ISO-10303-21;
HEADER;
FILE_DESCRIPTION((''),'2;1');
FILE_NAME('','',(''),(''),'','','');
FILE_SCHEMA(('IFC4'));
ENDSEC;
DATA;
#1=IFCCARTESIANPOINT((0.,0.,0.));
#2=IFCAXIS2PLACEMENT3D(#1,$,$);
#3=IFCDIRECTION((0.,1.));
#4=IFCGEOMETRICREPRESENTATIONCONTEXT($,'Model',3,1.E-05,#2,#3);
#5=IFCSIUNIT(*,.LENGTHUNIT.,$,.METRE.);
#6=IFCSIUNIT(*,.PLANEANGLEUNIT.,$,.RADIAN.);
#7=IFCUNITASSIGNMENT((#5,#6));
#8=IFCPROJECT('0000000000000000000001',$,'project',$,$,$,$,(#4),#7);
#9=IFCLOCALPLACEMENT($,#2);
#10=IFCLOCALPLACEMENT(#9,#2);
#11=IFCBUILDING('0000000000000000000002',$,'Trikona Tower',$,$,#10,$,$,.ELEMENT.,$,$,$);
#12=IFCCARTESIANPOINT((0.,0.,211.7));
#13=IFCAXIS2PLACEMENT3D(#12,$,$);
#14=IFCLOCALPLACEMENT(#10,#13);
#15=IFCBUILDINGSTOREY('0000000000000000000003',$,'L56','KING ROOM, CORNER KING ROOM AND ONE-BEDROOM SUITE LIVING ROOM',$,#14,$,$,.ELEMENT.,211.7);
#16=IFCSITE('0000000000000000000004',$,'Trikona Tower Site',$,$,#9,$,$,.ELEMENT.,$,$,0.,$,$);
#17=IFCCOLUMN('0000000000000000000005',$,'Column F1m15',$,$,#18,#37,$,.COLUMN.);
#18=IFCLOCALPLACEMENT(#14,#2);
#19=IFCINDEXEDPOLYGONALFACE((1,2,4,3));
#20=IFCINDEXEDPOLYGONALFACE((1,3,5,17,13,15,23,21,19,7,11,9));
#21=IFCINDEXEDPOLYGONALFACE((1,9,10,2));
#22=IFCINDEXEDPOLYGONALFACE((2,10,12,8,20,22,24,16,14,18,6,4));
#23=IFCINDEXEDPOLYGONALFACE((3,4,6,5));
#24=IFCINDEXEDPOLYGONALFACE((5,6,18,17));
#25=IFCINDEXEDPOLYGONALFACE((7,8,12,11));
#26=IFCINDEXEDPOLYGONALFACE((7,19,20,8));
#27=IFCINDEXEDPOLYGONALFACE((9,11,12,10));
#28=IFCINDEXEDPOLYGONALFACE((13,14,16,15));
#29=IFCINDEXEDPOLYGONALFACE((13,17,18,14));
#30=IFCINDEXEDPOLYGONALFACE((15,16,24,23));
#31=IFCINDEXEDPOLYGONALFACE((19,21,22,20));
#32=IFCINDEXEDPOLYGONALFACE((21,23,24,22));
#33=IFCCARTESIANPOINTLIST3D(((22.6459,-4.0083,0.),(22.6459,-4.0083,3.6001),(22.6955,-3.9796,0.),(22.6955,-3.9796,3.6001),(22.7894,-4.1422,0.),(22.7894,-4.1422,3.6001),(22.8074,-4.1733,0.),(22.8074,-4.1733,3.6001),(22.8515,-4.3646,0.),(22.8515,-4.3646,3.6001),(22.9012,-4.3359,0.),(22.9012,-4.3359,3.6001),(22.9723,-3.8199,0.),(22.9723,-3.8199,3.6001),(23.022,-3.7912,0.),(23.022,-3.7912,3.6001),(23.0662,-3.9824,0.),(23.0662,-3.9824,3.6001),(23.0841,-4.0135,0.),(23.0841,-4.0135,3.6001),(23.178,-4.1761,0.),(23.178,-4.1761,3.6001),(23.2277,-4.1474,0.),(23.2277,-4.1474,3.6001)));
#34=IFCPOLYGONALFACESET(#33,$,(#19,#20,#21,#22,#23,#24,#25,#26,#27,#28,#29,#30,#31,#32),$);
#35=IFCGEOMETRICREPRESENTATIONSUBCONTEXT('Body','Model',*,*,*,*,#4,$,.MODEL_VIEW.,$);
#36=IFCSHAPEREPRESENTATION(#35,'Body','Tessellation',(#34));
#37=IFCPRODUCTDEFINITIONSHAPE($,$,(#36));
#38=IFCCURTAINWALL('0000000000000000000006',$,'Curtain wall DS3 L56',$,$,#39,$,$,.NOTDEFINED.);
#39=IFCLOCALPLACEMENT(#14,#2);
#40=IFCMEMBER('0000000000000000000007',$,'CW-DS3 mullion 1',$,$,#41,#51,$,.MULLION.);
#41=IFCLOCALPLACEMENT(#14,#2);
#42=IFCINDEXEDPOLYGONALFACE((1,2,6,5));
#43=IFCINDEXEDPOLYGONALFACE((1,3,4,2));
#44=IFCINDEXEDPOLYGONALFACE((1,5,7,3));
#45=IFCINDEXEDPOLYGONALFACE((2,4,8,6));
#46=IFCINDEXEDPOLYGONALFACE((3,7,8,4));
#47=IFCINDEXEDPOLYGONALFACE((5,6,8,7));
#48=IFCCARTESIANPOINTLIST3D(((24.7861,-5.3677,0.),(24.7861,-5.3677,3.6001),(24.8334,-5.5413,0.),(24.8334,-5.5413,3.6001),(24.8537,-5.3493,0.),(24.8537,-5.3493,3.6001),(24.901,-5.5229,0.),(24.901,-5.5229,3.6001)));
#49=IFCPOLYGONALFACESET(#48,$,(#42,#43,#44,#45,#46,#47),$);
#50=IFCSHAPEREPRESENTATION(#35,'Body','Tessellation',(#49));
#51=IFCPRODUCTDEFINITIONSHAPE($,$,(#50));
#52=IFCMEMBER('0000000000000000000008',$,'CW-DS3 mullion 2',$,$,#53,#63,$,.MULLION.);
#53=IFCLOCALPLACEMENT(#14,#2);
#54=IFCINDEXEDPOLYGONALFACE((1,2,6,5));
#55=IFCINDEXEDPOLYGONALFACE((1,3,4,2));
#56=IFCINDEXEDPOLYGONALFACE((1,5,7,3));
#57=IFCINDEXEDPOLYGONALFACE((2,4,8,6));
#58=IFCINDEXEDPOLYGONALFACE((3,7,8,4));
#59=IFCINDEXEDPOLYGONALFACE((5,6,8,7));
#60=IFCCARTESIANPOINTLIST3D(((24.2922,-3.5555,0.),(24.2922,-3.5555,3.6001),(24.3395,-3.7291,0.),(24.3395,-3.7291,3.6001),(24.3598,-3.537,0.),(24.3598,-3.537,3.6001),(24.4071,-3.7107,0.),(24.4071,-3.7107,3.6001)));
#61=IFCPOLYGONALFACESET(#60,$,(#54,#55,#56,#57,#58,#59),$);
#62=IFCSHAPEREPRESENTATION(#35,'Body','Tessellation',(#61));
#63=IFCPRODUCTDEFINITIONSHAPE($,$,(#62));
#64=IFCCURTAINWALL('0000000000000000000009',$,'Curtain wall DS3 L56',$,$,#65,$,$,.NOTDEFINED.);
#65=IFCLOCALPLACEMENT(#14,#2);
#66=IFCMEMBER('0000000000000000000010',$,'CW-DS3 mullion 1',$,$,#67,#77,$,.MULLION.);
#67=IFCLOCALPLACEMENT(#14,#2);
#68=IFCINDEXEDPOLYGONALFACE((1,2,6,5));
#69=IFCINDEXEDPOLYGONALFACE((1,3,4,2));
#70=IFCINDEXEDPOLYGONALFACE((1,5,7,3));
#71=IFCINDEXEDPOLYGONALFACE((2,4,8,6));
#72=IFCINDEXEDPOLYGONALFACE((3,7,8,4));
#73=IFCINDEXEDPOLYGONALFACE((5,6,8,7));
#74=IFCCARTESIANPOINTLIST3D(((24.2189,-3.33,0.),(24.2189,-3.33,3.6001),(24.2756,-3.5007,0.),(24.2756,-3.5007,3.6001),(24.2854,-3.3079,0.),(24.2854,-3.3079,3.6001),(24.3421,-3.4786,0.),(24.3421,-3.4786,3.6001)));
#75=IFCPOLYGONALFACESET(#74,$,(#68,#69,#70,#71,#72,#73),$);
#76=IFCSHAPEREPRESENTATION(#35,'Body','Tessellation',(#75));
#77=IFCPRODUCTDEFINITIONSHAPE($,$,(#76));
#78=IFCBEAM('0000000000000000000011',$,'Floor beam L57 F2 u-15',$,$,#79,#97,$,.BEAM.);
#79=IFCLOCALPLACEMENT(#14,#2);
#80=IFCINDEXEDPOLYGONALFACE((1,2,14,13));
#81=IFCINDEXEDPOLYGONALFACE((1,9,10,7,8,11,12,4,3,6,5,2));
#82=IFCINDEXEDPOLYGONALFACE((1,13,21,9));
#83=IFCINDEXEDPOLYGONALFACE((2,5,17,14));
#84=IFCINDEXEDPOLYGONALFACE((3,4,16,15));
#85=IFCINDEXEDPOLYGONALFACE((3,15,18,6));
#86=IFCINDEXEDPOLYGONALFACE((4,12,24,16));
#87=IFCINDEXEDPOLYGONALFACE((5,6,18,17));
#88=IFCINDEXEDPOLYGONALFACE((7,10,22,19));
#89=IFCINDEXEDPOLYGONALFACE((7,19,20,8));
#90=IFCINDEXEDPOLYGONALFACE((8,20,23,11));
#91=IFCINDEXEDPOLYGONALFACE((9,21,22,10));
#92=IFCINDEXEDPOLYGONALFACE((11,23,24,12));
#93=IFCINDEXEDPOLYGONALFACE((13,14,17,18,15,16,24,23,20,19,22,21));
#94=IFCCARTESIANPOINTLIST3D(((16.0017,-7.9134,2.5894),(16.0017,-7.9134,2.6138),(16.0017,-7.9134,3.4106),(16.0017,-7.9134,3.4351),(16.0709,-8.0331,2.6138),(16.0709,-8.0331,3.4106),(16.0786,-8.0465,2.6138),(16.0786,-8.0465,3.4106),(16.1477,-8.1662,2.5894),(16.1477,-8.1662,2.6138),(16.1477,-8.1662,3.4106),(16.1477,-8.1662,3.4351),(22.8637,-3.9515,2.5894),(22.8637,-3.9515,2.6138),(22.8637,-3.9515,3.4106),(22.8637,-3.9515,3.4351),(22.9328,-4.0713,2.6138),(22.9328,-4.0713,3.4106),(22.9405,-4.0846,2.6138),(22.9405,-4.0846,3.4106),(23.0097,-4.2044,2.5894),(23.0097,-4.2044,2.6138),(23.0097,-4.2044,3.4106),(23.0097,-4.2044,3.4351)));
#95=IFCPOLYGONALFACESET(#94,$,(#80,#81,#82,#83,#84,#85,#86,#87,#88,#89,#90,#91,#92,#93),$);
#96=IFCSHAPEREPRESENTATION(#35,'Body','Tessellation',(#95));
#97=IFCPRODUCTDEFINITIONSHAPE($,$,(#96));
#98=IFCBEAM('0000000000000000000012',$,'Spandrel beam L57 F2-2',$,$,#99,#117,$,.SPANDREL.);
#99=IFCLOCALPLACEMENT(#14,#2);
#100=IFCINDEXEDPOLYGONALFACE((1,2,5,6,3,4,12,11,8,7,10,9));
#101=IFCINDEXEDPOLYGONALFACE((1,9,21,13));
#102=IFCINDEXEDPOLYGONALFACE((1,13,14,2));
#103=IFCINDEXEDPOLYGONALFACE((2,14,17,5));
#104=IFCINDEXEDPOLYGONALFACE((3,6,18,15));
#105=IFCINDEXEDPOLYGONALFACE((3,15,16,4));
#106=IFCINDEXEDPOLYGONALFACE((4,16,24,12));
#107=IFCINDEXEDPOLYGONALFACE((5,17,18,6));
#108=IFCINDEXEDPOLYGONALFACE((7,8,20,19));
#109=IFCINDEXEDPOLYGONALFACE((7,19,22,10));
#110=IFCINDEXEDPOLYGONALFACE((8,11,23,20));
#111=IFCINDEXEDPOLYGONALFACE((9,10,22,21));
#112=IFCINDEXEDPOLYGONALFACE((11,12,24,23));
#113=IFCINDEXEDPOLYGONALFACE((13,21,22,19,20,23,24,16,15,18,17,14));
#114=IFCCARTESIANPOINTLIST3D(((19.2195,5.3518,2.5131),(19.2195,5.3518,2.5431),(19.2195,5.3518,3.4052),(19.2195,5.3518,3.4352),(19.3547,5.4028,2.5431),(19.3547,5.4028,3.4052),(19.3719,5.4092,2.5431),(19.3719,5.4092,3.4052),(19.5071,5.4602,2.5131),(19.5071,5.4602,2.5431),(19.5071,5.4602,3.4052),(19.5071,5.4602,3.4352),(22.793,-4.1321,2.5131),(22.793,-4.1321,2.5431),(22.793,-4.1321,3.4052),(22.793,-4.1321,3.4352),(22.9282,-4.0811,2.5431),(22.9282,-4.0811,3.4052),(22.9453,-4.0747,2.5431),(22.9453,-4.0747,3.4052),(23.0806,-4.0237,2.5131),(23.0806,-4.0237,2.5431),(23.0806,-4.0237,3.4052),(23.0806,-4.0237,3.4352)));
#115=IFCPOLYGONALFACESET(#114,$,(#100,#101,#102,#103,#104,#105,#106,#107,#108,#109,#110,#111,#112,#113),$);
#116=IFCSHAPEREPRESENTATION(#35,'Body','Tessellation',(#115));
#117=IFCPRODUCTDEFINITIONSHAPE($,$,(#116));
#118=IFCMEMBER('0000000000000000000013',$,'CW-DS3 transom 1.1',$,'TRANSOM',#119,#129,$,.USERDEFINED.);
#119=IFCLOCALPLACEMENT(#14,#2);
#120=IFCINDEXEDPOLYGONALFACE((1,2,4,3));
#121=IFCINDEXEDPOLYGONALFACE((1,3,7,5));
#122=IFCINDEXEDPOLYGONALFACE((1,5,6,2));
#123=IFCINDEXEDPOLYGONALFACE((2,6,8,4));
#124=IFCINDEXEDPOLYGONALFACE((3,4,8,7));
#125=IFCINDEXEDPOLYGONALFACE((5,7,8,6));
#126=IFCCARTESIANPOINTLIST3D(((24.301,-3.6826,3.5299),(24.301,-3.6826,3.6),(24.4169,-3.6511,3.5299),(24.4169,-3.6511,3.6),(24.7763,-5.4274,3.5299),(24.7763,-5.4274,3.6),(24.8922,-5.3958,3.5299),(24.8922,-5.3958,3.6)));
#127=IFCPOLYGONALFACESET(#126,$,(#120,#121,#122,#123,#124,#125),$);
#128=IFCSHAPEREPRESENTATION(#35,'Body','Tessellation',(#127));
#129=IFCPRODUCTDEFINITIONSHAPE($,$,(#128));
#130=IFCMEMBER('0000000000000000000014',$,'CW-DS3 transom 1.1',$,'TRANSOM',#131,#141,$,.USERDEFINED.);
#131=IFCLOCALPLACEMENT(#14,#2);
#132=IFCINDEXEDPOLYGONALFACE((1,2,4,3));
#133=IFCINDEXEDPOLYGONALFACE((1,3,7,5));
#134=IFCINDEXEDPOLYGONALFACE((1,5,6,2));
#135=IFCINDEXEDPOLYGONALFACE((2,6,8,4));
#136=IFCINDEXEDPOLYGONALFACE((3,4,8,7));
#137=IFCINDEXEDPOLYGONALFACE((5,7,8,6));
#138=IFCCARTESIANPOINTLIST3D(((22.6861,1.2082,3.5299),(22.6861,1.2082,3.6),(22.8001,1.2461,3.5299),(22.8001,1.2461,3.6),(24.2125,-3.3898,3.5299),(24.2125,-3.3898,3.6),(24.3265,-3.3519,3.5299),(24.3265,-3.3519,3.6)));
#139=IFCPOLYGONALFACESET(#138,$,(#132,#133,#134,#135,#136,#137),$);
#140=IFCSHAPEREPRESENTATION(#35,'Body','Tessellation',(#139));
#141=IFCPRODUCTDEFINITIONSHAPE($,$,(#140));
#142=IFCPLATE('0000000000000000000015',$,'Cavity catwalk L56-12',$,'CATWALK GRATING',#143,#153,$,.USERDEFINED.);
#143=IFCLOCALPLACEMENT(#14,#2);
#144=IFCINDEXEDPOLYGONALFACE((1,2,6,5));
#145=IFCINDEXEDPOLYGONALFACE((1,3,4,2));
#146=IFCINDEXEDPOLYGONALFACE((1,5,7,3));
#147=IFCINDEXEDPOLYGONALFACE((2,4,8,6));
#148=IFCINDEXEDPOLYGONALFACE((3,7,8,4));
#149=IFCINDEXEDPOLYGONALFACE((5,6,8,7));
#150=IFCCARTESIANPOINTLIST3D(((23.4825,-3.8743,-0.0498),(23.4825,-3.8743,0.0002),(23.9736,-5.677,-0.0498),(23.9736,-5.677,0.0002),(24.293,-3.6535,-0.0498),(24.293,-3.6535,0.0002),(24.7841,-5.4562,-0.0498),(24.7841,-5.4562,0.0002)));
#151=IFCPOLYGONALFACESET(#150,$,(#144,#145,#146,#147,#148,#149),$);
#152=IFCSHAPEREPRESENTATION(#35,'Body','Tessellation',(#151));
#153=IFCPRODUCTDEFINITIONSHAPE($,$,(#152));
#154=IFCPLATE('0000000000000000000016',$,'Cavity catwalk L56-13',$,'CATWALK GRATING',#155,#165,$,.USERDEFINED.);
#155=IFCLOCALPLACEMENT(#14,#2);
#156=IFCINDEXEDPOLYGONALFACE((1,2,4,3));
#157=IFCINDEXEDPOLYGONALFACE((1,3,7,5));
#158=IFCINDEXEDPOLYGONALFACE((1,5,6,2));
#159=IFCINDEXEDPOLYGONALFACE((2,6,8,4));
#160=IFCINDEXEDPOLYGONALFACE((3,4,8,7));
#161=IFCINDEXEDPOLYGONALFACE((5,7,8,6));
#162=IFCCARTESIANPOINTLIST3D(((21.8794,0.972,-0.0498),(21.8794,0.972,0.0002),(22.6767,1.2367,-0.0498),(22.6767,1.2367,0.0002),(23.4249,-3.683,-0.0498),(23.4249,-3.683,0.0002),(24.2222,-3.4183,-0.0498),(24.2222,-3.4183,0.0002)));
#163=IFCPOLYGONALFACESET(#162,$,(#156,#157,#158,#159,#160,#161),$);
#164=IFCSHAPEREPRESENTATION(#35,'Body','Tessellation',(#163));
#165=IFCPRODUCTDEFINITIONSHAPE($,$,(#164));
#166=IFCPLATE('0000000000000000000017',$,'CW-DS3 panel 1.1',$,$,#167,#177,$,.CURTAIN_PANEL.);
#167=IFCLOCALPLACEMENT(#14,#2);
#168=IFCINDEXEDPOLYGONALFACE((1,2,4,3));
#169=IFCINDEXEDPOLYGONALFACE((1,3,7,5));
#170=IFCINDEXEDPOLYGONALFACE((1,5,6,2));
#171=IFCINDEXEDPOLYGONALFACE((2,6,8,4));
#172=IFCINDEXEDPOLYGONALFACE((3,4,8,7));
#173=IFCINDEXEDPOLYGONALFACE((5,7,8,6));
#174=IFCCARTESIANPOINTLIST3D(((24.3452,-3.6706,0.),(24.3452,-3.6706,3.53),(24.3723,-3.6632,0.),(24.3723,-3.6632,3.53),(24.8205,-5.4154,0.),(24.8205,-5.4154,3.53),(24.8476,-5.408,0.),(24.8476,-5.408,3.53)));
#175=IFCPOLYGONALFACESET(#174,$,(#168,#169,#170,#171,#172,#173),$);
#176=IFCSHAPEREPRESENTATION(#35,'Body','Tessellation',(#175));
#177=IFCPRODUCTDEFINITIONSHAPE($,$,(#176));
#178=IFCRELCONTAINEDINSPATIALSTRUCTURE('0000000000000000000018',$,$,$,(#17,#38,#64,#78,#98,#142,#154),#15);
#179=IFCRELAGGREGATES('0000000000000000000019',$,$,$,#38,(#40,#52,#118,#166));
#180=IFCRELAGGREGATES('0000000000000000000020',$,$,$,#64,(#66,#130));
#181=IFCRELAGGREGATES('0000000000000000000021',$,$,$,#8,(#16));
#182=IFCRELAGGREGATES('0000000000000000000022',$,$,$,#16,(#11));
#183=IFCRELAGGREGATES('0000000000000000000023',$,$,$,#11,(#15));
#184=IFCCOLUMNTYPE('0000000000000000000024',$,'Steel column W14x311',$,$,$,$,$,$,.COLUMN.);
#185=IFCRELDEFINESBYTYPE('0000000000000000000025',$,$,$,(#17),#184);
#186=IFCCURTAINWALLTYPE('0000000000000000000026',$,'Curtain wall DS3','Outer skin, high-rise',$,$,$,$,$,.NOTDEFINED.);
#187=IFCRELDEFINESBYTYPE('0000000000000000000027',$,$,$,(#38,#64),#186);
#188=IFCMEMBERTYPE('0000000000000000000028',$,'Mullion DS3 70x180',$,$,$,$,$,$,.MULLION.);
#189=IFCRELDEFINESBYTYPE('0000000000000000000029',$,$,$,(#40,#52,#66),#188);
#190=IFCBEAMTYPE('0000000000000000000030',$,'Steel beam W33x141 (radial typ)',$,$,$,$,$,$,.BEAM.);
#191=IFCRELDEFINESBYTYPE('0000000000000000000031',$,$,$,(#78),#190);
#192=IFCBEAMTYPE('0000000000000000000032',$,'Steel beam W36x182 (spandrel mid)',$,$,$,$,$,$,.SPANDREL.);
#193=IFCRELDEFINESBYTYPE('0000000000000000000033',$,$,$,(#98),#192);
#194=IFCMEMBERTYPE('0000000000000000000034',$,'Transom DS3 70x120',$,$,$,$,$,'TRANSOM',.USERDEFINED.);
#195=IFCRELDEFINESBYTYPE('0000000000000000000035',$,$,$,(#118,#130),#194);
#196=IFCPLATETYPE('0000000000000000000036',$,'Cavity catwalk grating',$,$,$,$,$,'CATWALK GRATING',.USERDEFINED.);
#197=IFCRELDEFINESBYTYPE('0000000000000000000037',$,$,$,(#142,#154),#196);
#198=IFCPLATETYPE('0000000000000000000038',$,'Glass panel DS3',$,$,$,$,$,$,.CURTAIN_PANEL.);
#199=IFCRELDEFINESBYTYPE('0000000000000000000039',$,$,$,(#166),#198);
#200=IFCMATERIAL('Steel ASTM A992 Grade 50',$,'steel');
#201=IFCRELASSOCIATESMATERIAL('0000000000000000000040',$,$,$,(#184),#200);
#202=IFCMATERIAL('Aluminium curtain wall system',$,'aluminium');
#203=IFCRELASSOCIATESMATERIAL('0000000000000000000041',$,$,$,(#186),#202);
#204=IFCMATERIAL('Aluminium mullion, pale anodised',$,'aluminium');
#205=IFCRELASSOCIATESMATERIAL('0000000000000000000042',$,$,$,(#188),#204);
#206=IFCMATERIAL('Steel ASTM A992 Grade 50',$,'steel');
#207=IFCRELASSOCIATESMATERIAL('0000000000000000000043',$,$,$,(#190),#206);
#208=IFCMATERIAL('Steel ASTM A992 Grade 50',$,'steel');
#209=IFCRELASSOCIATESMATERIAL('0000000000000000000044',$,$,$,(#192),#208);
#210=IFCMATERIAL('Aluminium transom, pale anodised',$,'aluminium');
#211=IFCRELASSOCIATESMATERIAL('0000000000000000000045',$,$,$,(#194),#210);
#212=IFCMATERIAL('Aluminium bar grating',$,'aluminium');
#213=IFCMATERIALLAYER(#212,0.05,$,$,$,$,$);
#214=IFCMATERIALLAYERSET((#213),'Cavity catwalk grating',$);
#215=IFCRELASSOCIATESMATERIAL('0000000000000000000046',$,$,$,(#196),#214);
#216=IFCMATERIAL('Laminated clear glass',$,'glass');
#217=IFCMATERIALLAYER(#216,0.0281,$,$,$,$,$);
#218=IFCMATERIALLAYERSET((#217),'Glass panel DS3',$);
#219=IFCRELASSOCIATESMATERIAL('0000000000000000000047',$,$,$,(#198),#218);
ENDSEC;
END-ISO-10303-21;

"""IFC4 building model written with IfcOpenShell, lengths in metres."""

from ifc_helpers import new_model, si_unit, direction, frame, origin, origin_2d, place, context, subcontext, project, spatial, rectangle, i_section, extrude, material, layer, layer_set, material_profile, profile_set, type_object, element, aggregate, save


model = new_model("IFC4")

# Units and contexts
model_context = context("Model", 3, precision=1e-05, world=origin(), true_north=direction((0.0, 1.0)))
body_context = subcontext(model_context, "Body", "Model", "MODEL_VIEW")
ifc_project = project(units=[si_unit("LENGTHUNIT", "METRE"), si_unit("PLANEANGLEUNIT", "RADIAN")], contexts=[model_context])

# Site, building, storey
site_placement = place(None, origin())
site = spatial("IfcSite", under=ifc_project, at=site_placement, Name="Trikona Tower Site", CompositionType="ELEMENT", RefElevation=0.0)
building_placement = place(site_placement, origin())
building = spatial("IfcBuilding", under=site, at=building_placement, Name="Trikona Tower", CompositionType="ELEMENT")
storey_placement = place(building_placement, frame((0.0, 0.0, 211.7)))
storey = spatial("IfcBuildingStorey", under=building, at=storey_placement, Name="L56", Description="KING ROOM, CORNER KING ROOM AND ONE-BEDROOM SUITE LIVING ROOM", CompositionType="ELEMENT", Elevation=211.7)

# Column
ifc_material_1 = material(Name="Steel ASTM A992 Grade 50", Category="steel")
ifc_material_profile_1 = material_profile(ifc_material_1, i_section(OverallWidth=0.4114, OverallDepth=0.4343, WebThickness=0.0359, FlangeThickness=0.0574, at=origin_2d()), Name="W14X311")
ifc_profile_set_1 = profile_set([ifc_material_profile_1], Name="Steel ASTM A992 Grade 50")
column_type = type_object("IfcColumnType", Name="Steel column W14x311", PredefinedType="COLUMN", material=ifc_profile_set_1)
column_placement = place(storey_placement, frame((22.9368, -4.0779, 0.0), z_axis=(0.0, 0.0, 1.0), x_axis=(-0.5, 0.866025, 0.0)))
element("IfcColumn", 1, at=column_placement, inside=storey, type_object=column_type, Name="Column F1m15", PredefinedType="COLUMN", context=body_context, shape_type="SweptSolid", body=[
    extrude(i_section(OverallWidth=0.4114, OverallDepth=0.4343, WebThickness=0.0359, FlangeThickness=0.0574, at=origin_2d()), origin(), (0.0, 0.0, 1.0), 3.6001),
])

# Curtain wall, members
ifc_material_2 = material(Name="Aluminium curtain wall system", Category="aluminium")
curtain_wall_type = type_object("IfcCurtainWallType", Name="Curtain wall DS3", Description="Outer skin, high-rise", PredefinedType="NOTDEFINED", material=ifc_material_2)
curtain_wall_1_placement = place(storey_placement, origin())
curtain_wall_1 = element("IfcCurtainWall", 2, at=curtain_wall_1_placement, inside=storey, type_object=curtain_wall_type, Name="Curtain wall DS3 L56", PredefinedType="NOTDEFINED")
ifc_material_3 = material(Name="Aluminium mullion, pale anodised", Category="aluminium")
ifc_material_profile_2 = material_profile(ifc_material_3, rectangle(XDim=0.0701, YDim=0.1799, at=origin_2d()), Name="MUL-DS3")
ifc_profile_set_2 = profile_set([ifc_material_profile_2], Name="Aluminium mullion, pale anodised")
member_type_1 = type_object("IfcMemberType", Name="Mullion DS3 70x180", PredefinedType="MULLION", material=ifc_profile_set_2)
member_1_placement = place(storey_placement, frame((24.8435, -5.4453, 0.0), z_axis=(0.0, 0.0, 1.0), x_axis=(-0.964838, -0.262844, 0.0)))
member_1 = element("IfcMember", 3, at=member_1_placement, type_object=member_type_1, Name="CW-DS3 mullion 1", PredefinedType="MULLION", context=body_context, shape_type="SweptSolid", body=[
    extrude(rectangle(XDim=0.0701, YDim=0.1799, at=origin_2d()), origin(), (0.0, 0.0, 1.0), 3.6001),
])
member_2_placement = place(storey_placement, frame((24.3496, -3.6331, 0.0), z_axis=(0.0, 0.0, 1.0), x_axis=(-0.964838, -0.262844, 0.0)))
member_2 = element("IfcMember", 4, at=member_2_placement, type_object=member_type_1, Name="CW-DS3 mullion 2", PredefinedType="MULLION", context=body_context, shape_type="SweptSolid", body=[
    extrude(rectangle(XDim=0.0701, YDim=0.1799, at=origin_2d()), origin(), (0.0, 0.0, 1.0), 3.6001),
])

# Curtain wall, member
curtain_wall_2_placement = place(storey_placement, origin())
curtain_wall_2 = element("IfcCurtainWall", 5, at=curtain_wall_2_placement, inside=storey, type_object=curtain_wall_type, Name="Curtain wall DS3 L56", PredefinedType="NOTDEFINED")
member_3_placement = place(storey_placement, frame((24.2805, -3.4043, 0.0), z_axis=(0.0, 0.0, 1.0), x_axis=(-0.949066, -0.315078, 0.0)))
member_3 = element("IfcMember", 6, at=member_3_placement, type_object=member_type_1, Name="CW-DS3 mullion 1", PredefinedType="MULLION", context=body_context, shape_type="SweptSolid", body=[
    extrude(rectangle(XDim=0.0701, YDim=0.1799, at=origin_2d()), origin(), (0.0, 0.0, 1.0), 3.6001),
])

# Beams
ifc_material_4 = material(Name="Steel ASTM A992 Grade 50", Category="steel")
ifc_material_profile_3 = material_profile(ifc_material_4, i_section(OverallWidth=0.292, OverallDepth=0.8457, WebThickness=0.0154, FlangeThickness=0.0244, at=origin_2d()), Name="W33X141")
ifc_profile_set_3 = profile_set([ifc_material_profile_3], Name="Steel ASTM A992 Grade 50")
beam_type_1 = type_object("IfcBeamType", Name="Steel beam W33x141 (radial typ)", PredefinedType="BEAM", material=ifc_profile_set_3)
beam_1_placement = place(storey_placement, frame((16.0747, -8.0398, 3.0122), z_axis=(0.86602, 0.50001, 0.0), x_axis=(-0.50001, 0.86602, 0.0)))
element("IfcBeam", 7, at=beam_1_placement, inside=storey, type_object=beam_type_1, Name="Floor beam L57 F2 u-15", PredefinedType="BEAM", context=body_context, shape_type="SweptSolid", body=[
    extrude(i_section(OverallWidth=0.292, OverallDepth=0.8457, WebThickness=0.0154, FlangeThickness=0.0244, at=origin_2d()), origin(), (0.0, 0.0, 1.0), 7.9236),
])
ifc_material_5 = material(Name="Steel ASTM A992 Grade 50", Category="steel")
ifc_material_profile_4 = material_profile(ifc_material_5, i_section(OverallWidth=0.3074, OverallDepth=0.9221, WebThickness=0.0183, FlangeThickness=0.03, at=origin_2d()), Name="W36X182")
ifc_profile_set_4 = profile_set([ifc_material_profile_4], Name="Steel ASTM A992 Grade 50")
beam_type_2 = type_object("IfcBeamType", Name="Steel beam W36x182 (spandrel mid)", PredefinedType="SPANDREL", material=ifc_profile_set_4)
beam_2_placement = place(storey_placement, frame((22.9368, -4.0779, 2.9741), z_axis=(-0.352596, 0.935776, 0.0), x_axis=(-0.935776, -0.352596, 0.0)))
element("IfcBeam", 8, at=beam_2_placement, inside=storey, type_object=beam_type_2, Name="Spandrel beam L57 F2-2", PredefinedType="SPANDREL", context=body_context, shape_type="SweptSolid", body=[
    extrude(i_section(OverallWidth=0.3074, OverallDepth=0.9221, WebThickness=0.0183, FlangeThickness=0.03, at=origin_2d()), origin(), (0.0, 0.0, 1.0), 10.1348),
])

# Members
ifc_material_6 = material(Name="Aluminium transom, pale anodised", Category="aluminium")
ifc_material_profile_5 = material_profile(ifc_material_6, rectangle(XDim=0.1201, YDim=0.0701, at=origin_2d()), Name="TRN-DS3")
ifc_profile_set_5 = profile_set([ifc_material_profile_5], Name="Aluminium transom, pale anodised")
member_type_2 = type_object("IfcMemberType", Name="Transom DS3 70x120", ElementType="TRANSOM", PredefinedType="USERDEFINED", material=ifc_profile_set_5)
member_4_placement = place(storey_placement, frame((24.8342, -5.4116, 3.5649), z_axis=(-0.262843, 0.964839, 0.0), x_axis=(-0.964839, -0.262843, 0.0)))
member_4 = element("IfcMember", 9, at=member_4_placement, type_object=member_type_2, Name="CW-DS3 transom 1.1", ObjectType="TRANSOM", PredefinedType="USERDEFINED", context=body_context, shape_type="SweptSolid", body=[
    extrude(rectangle(XDim=0.1201, YDim=0.0701, at=origin_2d()), origin(), (0.0, 0.0, 1.0), 1.8083),
])
member_5_placement = place(storey_placement, frame((24.2695, -3.3708, 3.5649), z_axis=(-0.315063, 0.949071, 0.0), x_axis=(-0.949071, -0.315063, 0.0)))
member_5 = element("IfcMember", 10, at=member_5_placement, type_object=member_type_2, Name="CW-DS3 transom 1.1", ObjectType="TRANSOM", PredefinedType="USERDEFINED", context=body_context, shape_type="SweptSolid", body=[
    extrude(rectangle(XDim=0.1201, YDim=0.0701, at=origin_2d()), origin(), (0.0, 0.0, 1.0), 4.8447),
])

# Plates
ifc_material_7 = material(Name="Aluminium bar grating", Category="aluminium")
ifc_layer_1 = layer(ifc_material_7, 0.05)
ifc_layer_set_1 = layer_set([ifc_layer_1], Name="Cavity catwalk grating")
plate_type_1 = type_object("IfcPlateType", Name="Cavity catwalk grating", ElementType="CATWALK GRATING", PredefinedType="USERDEFINED", material=ifc_layer_set_1)
plate_1_placement = place(storey_placement, frame((24.1333, -4.6653, -0.0498), z_axis=(0.0, 0.0, 1.0), x_axis=(-0.262822, 0.964844, 0.0)))
element("IfcPlate", 11, at=plate_1_placement, inside=storey, type_object=plate_type_1, Name="Cavity catwalk L56-12", ObjectType="CATWALK GRATING", PredefinedType="USERDEFINED", context=body_context, shape_type="SweptSolid", body=[
    extrude(rectangle(XDim=1.8684, YDim=0.8401, at=origin_2d()), origin(), (0.0, 0.0, 1.0), 0.05),
])
plate_2_placement = place(storey_placement, frame((23.0508, -1.2231, -0.0498), z_axis=(0.0, 0.0, 1.0), x_axis=(-0.315093, 0.949061, 0.0)))
element("IfcPlate", 12, at=plate_2_placement, inside=storey, type_object=plate_type_1, Name="Cavity catwalk L56-13", ObjectType="CATWALK GRATING", PredefinedType="USERDEFINED", context=body_context, shape_type="SweptSolid", body=[
    extrude(rectangle(XDim=4.9048, YDim=0.8401, at=origin_2d()), origin(), (0.0, 0.0, 1.0), 0.05),
])

# Plate
ifc_material_8 = material(Name="Laminated clear glass", Category="glass")
ifc_layer_2 = layer(ifc_material_8, 0.0281)
ifc_layer_set_2 = layer_set([ifc_layer_2], Name="Glass panel DS3")
plate_type_2 = type_object("IfcPlateType", Name="Glass panel DS3", PredefinedType="CURTAIN_PANEL", material=ifc_layer_set_2)
plate_3_placement = place(storey_placement, frame((24.5964, -4.5393, 0.0), z_axis=(0.0, 0.0, 1.0), x_axis=(-0.262844, 0.964838, 0.0)))
plate_3 = element("IfcPlate", 13, at=plate_3_placement, type_object=plate_type_2, Name="CW-DS3 panel 1.1", PredefinedType="CURTAIN_PANEL", context=body_context, shape_type="SweptSolid", body=[
    extrude(rectangle(XDim=1.8083, YDim=0.0281, at=origin_2d()), origin(), (0.0, 0.0, 1.0), 3.53),
])
aggregate(curtain_wall_1, [member_1, member_2, member_4, plate_3])
aggregate(curtain_wall_2, [member_3, member_5])

save(model, "model.ifc")
